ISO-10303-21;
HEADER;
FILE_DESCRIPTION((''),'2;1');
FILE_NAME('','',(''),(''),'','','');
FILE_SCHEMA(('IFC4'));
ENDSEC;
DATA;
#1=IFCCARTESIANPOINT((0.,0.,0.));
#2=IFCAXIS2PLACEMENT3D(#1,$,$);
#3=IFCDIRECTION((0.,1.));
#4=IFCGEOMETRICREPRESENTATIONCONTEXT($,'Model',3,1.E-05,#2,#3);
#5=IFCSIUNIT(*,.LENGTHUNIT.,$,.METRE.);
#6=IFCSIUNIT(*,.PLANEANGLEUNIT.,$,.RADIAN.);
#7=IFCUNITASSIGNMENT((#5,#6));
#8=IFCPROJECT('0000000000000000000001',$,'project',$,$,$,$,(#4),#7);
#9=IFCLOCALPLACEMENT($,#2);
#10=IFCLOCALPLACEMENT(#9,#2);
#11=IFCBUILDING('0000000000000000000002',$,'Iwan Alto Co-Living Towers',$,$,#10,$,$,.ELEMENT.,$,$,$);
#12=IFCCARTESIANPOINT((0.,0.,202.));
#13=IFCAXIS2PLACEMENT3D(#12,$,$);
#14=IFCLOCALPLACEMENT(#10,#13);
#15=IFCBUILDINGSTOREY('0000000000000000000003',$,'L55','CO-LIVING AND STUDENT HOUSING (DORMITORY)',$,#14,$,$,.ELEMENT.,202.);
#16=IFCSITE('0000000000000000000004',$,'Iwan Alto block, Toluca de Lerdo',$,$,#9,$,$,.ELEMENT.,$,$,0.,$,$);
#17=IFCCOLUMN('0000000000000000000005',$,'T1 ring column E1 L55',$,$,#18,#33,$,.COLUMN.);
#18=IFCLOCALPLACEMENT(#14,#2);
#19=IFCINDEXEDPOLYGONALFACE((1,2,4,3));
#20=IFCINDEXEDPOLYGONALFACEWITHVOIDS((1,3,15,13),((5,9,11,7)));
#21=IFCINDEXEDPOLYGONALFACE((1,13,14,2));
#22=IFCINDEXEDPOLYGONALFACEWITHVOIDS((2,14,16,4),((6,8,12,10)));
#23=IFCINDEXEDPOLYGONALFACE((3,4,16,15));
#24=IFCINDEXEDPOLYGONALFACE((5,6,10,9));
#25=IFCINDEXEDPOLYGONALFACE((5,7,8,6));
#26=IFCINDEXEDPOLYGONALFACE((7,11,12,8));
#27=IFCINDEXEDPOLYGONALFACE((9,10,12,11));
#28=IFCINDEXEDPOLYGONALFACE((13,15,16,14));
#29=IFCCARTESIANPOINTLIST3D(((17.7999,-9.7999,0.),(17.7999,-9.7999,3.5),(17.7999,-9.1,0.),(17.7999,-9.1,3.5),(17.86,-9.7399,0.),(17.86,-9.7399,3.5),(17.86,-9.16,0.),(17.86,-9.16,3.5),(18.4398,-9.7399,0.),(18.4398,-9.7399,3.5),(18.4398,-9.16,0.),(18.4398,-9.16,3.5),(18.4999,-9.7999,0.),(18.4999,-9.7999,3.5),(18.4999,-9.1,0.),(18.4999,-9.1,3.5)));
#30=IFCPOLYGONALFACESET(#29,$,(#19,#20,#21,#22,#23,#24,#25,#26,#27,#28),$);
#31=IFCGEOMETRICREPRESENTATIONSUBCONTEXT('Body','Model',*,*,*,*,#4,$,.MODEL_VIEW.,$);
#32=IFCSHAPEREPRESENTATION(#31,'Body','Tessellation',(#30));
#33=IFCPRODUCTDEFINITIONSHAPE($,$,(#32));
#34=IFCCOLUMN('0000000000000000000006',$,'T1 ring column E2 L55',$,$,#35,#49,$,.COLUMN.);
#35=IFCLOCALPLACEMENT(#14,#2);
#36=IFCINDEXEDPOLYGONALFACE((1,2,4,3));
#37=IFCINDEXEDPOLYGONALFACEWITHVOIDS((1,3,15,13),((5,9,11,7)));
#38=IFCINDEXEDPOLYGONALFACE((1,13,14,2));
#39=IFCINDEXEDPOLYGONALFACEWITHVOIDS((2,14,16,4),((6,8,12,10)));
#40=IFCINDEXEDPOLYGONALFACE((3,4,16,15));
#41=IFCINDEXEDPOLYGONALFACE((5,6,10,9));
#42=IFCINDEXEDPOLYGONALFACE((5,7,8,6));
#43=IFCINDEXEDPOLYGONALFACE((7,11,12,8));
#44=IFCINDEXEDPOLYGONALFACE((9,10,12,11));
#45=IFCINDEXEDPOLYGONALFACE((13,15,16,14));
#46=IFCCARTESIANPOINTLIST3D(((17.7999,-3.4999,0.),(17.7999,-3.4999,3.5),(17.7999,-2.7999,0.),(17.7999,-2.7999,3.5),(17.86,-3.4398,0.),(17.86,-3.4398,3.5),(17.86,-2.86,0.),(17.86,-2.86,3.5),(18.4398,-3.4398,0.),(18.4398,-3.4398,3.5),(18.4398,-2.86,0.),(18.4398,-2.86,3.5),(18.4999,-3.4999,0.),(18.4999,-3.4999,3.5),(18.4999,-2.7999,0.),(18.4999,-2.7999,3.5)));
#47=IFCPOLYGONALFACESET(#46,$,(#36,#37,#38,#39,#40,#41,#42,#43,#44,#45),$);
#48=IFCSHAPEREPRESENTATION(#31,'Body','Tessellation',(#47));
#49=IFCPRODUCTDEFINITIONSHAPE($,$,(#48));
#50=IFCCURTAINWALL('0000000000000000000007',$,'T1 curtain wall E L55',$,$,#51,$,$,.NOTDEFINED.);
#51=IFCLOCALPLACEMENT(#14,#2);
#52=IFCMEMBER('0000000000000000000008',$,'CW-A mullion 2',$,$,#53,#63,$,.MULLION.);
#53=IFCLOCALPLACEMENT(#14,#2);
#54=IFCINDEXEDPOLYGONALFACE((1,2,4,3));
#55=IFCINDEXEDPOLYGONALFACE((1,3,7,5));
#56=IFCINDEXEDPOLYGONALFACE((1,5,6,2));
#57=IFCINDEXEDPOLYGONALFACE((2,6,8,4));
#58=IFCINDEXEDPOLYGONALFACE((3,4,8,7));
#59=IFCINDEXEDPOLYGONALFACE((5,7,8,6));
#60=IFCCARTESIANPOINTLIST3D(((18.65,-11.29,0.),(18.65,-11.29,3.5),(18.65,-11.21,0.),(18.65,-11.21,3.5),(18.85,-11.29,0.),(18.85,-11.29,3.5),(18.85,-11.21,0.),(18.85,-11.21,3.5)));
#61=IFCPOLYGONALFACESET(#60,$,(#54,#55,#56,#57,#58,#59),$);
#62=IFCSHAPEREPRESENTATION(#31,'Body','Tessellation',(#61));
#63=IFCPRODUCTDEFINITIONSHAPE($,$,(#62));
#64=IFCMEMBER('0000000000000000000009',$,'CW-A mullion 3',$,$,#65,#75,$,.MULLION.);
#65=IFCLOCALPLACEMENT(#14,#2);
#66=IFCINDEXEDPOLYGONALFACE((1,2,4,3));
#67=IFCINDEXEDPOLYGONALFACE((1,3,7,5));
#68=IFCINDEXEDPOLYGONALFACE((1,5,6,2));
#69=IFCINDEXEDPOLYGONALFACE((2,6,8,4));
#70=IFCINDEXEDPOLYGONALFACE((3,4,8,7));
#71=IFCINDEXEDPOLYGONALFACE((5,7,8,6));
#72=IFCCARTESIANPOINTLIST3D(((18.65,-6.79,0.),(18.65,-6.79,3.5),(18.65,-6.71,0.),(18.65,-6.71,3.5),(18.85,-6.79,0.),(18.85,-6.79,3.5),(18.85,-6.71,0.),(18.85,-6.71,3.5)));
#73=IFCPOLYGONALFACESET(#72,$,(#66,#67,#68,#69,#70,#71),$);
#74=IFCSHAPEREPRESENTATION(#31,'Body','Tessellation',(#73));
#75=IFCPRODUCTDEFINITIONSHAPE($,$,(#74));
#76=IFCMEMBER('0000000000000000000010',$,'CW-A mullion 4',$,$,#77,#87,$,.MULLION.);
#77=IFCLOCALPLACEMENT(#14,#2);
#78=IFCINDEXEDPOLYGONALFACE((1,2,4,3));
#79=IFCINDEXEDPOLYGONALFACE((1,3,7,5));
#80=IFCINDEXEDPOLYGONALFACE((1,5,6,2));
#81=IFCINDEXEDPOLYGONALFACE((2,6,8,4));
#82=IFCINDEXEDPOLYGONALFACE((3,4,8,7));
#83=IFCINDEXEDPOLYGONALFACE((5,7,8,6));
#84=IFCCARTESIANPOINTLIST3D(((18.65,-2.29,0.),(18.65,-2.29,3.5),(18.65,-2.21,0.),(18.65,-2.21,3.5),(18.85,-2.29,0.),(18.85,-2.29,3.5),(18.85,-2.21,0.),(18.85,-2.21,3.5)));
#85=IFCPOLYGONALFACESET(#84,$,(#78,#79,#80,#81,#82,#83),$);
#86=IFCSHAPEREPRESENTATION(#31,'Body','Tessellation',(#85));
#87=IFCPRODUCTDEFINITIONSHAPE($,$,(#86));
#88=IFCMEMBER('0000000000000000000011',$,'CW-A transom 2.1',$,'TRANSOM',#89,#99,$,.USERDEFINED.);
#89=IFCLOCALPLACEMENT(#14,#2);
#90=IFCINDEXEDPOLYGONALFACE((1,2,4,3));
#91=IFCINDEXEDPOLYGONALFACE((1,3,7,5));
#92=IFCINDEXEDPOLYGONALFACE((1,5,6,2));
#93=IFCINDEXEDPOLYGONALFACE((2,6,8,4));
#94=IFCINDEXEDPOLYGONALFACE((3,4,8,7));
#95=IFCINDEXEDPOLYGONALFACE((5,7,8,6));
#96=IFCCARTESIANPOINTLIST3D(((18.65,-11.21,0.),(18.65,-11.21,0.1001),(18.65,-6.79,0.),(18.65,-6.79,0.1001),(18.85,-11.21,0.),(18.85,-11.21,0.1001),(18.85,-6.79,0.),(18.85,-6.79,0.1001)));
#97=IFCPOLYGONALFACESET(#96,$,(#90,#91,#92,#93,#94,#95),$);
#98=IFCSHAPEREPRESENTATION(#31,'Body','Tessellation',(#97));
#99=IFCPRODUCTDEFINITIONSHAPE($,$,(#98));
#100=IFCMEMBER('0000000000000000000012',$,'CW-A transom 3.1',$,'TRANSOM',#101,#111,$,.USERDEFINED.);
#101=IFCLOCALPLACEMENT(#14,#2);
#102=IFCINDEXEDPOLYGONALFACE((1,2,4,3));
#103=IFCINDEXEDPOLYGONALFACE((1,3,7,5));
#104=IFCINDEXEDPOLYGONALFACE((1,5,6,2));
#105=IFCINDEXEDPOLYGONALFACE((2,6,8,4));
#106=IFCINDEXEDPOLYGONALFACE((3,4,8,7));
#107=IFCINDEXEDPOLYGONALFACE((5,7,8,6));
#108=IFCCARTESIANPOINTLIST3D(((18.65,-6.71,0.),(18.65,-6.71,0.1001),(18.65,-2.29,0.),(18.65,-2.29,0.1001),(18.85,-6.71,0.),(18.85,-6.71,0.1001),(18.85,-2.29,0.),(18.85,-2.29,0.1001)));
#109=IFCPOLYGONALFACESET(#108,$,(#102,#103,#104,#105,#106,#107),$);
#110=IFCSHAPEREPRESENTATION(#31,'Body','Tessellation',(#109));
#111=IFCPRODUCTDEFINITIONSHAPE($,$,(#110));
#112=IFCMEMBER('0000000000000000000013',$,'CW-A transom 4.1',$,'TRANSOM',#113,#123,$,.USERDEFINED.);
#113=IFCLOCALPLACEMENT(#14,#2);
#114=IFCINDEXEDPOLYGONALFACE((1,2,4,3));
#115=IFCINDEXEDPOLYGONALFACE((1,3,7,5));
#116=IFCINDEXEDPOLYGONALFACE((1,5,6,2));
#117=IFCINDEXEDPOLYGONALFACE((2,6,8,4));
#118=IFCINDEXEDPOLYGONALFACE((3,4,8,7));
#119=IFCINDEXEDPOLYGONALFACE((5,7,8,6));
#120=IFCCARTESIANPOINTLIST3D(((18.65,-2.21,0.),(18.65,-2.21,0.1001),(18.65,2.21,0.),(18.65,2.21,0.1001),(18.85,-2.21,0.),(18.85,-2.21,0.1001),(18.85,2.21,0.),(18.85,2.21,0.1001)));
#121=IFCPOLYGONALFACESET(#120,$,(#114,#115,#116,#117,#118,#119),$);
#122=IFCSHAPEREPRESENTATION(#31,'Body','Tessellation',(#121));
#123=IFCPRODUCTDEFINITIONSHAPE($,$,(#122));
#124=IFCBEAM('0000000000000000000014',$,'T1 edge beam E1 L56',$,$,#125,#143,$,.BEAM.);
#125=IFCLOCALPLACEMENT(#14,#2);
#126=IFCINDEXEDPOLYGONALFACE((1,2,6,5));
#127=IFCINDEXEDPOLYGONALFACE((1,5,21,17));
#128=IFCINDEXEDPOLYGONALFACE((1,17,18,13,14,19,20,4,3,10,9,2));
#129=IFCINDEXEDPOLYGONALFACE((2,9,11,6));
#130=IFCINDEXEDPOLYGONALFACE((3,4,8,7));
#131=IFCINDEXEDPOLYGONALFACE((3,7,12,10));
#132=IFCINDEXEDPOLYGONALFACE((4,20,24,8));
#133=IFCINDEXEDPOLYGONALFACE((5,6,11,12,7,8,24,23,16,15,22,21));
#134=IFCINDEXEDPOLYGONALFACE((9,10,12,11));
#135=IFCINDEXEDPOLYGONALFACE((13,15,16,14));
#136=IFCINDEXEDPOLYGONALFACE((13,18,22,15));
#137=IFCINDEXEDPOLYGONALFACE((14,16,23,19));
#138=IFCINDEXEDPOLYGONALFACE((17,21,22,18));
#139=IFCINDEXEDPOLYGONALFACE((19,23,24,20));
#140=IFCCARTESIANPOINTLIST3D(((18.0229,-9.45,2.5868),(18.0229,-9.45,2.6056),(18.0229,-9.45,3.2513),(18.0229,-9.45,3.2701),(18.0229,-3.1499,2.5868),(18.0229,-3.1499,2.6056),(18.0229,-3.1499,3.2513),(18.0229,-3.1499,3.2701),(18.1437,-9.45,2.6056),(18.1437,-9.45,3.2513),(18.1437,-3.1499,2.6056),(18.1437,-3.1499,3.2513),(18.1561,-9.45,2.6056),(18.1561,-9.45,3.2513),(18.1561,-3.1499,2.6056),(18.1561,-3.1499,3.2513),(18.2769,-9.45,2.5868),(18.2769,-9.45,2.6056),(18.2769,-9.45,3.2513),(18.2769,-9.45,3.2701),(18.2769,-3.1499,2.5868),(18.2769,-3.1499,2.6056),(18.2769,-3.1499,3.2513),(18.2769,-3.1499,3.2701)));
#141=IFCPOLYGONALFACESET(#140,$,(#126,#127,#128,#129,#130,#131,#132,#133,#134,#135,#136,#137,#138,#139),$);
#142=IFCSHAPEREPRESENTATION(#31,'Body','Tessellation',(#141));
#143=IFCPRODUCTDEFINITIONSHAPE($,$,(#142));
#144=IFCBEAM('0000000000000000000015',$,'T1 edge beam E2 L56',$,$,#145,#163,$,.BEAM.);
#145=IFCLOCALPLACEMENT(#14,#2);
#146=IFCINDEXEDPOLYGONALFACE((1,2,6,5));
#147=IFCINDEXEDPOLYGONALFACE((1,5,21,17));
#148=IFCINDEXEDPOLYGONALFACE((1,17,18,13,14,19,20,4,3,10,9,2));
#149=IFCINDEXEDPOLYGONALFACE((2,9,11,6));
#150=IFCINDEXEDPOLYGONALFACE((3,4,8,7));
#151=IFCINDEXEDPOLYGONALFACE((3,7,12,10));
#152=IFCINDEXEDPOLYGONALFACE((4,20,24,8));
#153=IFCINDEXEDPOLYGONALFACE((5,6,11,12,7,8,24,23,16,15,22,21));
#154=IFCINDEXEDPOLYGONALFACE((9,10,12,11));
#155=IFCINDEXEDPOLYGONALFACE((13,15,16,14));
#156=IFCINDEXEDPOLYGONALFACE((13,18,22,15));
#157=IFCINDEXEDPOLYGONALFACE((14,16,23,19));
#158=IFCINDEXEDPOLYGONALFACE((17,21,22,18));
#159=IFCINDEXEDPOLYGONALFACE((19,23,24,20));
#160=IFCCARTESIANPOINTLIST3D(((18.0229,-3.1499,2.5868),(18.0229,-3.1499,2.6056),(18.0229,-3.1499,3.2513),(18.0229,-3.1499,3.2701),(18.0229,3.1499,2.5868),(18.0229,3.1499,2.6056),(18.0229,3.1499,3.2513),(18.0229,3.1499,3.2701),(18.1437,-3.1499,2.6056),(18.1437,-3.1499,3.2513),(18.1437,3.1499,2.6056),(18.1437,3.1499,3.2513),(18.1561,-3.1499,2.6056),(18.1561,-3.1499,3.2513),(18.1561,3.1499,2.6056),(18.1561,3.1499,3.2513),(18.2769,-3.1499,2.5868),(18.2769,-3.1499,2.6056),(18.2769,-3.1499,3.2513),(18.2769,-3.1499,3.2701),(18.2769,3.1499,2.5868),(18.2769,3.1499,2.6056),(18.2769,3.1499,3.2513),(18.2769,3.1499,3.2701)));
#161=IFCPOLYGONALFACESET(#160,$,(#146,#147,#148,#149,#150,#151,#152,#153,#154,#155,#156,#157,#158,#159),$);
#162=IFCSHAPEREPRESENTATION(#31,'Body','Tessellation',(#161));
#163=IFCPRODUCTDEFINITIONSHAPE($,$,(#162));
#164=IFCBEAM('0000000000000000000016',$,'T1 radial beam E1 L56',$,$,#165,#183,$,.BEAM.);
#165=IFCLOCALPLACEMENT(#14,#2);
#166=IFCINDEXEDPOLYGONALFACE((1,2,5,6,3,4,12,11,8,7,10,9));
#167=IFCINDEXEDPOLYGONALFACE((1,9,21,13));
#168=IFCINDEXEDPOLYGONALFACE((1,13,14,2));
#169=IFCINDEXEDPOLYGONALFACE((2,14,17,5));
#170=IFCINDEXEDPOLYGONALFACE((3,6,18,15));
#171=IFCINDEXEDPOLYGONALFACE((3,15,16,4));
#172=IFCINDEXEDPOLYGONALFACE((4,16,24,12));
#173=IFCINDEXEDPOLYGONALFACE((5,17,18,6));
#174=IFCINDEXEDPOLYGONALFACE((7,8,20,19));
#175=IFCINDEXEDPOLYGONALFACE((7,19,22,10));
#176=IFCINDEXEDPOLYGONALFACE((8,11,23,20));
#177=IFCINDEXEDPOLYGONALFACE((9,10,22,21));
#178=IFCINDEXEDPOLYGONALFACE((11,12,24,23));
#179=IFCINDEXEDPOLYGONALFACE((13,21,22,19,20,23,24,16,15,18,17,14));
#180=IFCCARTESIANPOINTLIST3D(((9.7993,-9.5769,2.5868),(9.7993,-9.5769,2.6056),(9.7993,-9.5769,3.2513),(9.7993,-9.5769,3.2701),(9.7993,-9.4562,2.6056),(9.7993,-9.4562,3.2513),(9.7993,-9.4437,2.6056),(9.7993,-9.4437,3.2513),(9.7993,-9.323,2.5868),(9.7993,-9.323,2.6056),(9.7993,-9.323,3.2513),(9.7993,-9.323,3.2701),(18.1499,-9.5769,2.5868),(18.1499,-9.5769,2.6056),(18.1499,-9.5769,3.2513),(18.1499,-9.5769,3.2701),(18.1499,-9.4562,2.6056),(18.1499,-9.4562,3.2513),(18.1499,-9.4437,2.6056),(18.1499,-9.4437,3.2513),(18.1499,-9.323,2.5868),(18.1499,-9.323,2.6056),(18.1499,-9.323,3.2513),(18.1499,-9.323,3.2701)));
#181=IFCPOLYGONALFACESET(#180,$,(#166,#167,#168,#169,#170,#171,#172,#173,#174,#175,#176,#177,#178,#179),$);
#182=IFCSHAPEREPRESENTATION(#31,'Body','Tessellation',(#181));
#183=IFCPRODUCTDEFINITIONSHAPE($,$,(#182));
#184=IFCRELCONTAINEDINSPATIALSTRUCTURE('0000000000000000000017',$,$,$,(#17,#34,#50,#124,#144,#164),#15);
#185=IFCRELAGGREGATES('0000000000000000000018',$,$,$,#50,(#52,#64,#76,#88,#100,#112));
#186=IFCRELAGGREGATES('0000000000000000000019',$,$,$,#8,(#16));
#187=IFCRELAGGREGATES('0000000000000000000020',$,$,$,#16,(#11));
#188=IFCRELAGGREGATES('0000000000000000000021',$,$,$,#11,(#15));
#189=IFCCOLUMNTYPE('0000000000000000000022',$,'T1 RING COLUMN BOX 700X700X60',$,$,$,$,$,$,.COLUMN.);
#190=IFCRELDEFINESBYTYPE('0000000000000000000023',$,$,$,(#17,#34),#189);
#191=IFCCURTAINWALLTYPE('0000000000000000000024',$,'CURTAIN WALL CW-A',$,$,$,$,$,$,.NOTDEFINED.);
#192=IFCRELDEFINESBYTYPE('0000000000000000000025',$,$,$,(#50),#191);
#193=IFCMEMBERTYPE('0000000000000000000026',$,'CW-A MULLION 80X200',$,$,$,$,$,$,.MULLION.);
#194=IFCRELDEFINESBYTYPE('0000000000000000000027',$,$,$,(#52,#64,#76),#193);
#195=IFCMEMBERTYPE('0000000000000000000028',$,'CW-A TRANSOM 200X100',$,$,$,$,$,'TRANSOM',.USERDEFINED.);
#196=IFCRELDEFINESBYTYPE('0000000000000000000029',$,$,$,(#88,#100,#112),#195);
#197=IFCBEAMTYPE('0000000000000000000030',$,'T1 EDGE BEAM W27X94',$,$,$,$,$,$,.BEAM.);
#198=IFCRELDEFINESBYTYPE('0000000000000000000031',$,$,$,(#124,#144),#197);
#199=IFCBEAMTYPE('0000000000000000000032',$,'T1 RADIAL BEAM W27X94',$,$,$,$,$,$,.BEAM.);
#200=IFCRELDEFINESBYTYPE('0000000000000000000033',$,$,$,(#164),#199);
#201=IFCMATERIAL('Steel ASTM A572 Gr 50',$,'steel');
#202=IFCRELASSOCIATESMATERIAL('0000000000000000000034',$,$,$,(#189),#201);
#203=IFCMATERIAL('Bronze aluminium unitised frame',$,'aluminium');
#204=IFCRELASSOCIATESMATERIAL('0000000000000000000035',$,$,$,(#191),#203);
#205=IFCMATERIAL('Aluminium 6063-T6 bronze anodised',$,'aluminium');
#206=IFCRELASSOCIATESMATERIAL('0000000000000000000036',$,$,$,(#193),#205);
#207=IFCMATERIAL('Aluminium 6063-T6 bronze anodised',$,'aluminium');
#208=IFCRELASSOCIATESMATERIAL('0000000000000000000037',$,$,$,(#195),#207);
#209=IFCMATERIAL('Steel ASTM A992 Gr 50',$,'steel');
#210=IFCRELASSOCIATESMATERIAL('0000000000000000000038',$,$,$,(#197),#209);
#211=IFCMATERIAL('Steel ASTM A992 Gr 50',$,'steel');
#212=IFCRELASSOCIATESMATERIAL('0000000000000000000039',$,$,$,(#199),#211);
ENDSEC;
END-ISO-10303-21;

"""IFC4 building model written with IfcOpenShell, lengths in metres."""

from ifc_helpers import new_model, si_unit, direction, frame, origin, origin_2d, place, context, subcontext, project, spatial, rectangle, hollow_rectangle, i_section, extrude, material, material_profile, profile_set, type_object, element, aggregate, save


model = new_model("IFC4")

# Units and contexts
model_context = context("Model", 3, precision=1e-05, world=origin(), true_north=direction((0.0, 1.0)))
body_context = subcontext(model_context, "Body", "Model", "MODEL_VIEW")
ifc_project = project(units=[si_unit("LENGTHUNIT", "METRE"), si_unit("PLANEANGLEUNIT", "RADIAN")], contexts=[model_context])

# Site, building, storey
site_placement = place(None, origin())
site = spatial("IfcSite", under=ifc_project, at=site_placement, Name="Iwan Alto block, Toluca de Lerdo", CompositionType="ELEMENT", RefElevation=0.0)
building_placement = place(site_placement, origin())
building = spatial("IfcBuilding", under=site, at=building_placement, Name="Iwan Alto Co-Living Towers", CompositionType="ELEMENT")
storey_placement = place(building_placement, frame((0.0, 0.0, 202.0)))
storey = spatial("IfcBuildingStorey", under=building, at=storey_placement, Name="L55", Description="CO-LIVING AND STUDENT HOUSING (DORMITORY)", CompositionType="ELEMENT", Elevation=202.0)

# Columns
ifc_material_1 = material(Name="Steel ASTM A572 Gr 50", Category="steel")
ifc_material_profile_1 = material_profile(ifc_material_1, hollow_rectangle(XDim=0.7, YDim=0.7, WallThickness=0.0601, at=origin_2d()), Name="BOX 700X700X60")
ifc_profile_set_1 = profile_set([ifc_material_profile_1], Name="Steel ASTM A572 Gr 50")
column_type = type_object("IfcColumnType", Name="T1 RING COLUMN BOX 700X700X60", PredefinedType="COLUMN", material=ifc_profile_set_1)
for number, where, z_axis, x_axis, name in (
    (1, (18.1499, -9.45, 0.0), (0.0, 0.0, 1.0), (1.0, 0.0, 0.0), "T1 ring column E1 L55"),
    (2, (18.1499, -3.1499, 0.0), (0.0, 0.0, 1.0), (1.0, 0.0, 0.0), "T1 ring column E2 L55"),
):
    element("IfcColumn", number, at=place(storey_placement, frame(where, z_axis=z_axis, x_axis=x_axis)), inside=storey, type_object=column_type, Name=name, PredefinedType="COLUMN", context=body_context, shape_type="SweptSolid", body=[
        extrude(hollow_rectangle(XDim=0.7, YDim=0.7, WallThickness=0.0601, at=origin_2d()), origin(), (0.0, 0.0, 1.0), 3.5),
    ])

# Curtain wall, members
ifc_material_2 = material(Name="Bronze aluminium unitised frame", Category="aluminium")
curtain_wall_type = type_object("IfcCurtainWallType", Name="CURTAIN WALL CW-A", PredefinedType="NOTDEFINED", material=ifc_material_2)
curtain_wall_placement = place(storey_placement, origin())
curtain_wall = element("IfcCurtainWall", 3, at=curtain_wall_placement, inside=storey, type_object=curtain_wall_type, Name="T1 curtain wall E L55", PredefinedType="NOTDEFINED")
ifc_material_3 = material(Name="Aluminium 6063-T6 bronze anodised", Category="aluminium")
ifc_material_profile_2 = material_profile(ifc_material_3, rectangle(XDim=0.2, YDim=0.0801, at=origin_2d()), Name="AL 80X200")
ifc_profile_set_2 = profile_set([ifc_material_profile_2], Name="Aluminium 6063-T6 bronze anodised")
member_type_1 = type_object("IfcMemberType", Name="CW-A MULLION 80X200", PredefinedType="MULLION", material=ifc_profile_set_2)
member_1_placement = place(storey_placement, frame((18.75, -11.25, 0.0), z_axis=(0.0, 0.0, 1.0), x_axis=(-1.0, 0.0, 0.0)))
member_1 = element("IfcMember", 4, at=member_1_placement, type_object=member_type_1, Name="CW-A mullion 2", PredefinedType="MULLION", context=body_context, shape_type="SweptSolid", body=[
    extrude(rectangle(XDim=0.2, YDim=0.0801, at=origin_2d()), origin(), (0.0, 0.0, 1.0), 3.5),
])
member_2_placement = place(storey_placement, frame((18.75, -6.75, 0.0), z_axis=(0.0, 0.0, 1.0), x_axis=(-1.0, 0.0, 0.0)))
member_2 = element("IfcMember", 5, at=member_2_placement, type_object=member_type_1, Name="CW-A mullion 3", PredefinedType="MULLION", context=body_context, shape_type="SweptSolid", body=[
    extrude(rectangle(XDim=0.2, YDim=0.0801, at=origin_2d()), origin(), (0.0, 0.0, 1.0), 3.5),
])
member_3_placement = place(storey_placement, frame((18.75, -2.25, 0.0), z_axis=(0.0, 0.0, 1.0), x_axis=(-1.0, 0.0, 0.0)))
member_3 = element("IfcMember", 6, at=member_3_placement, type_object=member_type_1, Name="CW-A mullion 4", PredefinedType="MULLION", context=body_context, shape_type="SweptSolid", body=[
    extrude(rectangle(XDim=0.2, YDim=0.0801, at=origin_2d()), origin(), (0.0, 0.0, 1.0), 3.5),
])
ifc_material_4 = material(Name="Aluminium 6063-T6 bronze anodised", Category="aluminium")
ifc_material_profile_3 = material_profile(ifc_material_4, rectangle(XDim=0.2, YDim=0.1001, at=origin_2d()), Name="AL 200X100")
ifc_profile_set_3 = profile_set([ifc_material_profile_3], Name="Aluminium 6063-T6 bronze anodised")
member_type_2 = type_object("IfcMemberType", Name="CW-A TRANSOM 200X100", ElementType="TRANSOM", PredefinedType="USERDEFINED", material=ifc_profile_set_3)
member_4_placement = place(storey_placement, frame((18.75, -11.21, 0.05), z_axis=(0.0, 1.0, 0.0), x_axis=(-1.0, 0.0, 0.0)))
member_4 = element("IfcMember", 7, at=member_4_placement, type_object=member_type_2, Name="CW-A transom 2.1", ObjectType="TRANSOM", PredefinedType="USERDEFINED", context=body_context, shape_type="SweptSolid", body=[
    extrude(rectangle(XDim=0.2, YDim=0.1001, at=origin_2d()), origin(), (0.0, 0.0, 1.0), 4.4199),
])
member_5_placement = place(storey_placement, frame((18.75, -6.71, 0.05), z_axis=(0.0, 1.0, 0.0), x_axis=(-1.0, 0.0, 0.0)))
member_5 = element("IfcMember", 8, at=member_5_placement, type_object=member_type_2, Name="CW-A transom 3.1", ObjectType="TRANSOM", PredefinedType="USERDEFINED", context=body_context, shape_type="SweptSolid", body=[
    extrude(rectangle(XDim=0.2, YDim=0.1001, at=origin_2d()), origin(), (0.0, 0.0, 1.0), 4.4199),
])
member_6_placement = place(storey_placement, frame((18.75, -2.21, 0.05), z_axis=(0.0, 1.0, 0.0), x_axis=(-1.0, 0.0, 0.0)))
member_6 = element("IfcMember", 9, at=member_6_placement, type_object=member_type_2, Name="CW-A transom 4.1", ObjectType="TRANSOM", PredefinedType="USERDEFINED", context=body_context, shape_type="SweptSolid", body=[
    extrude(rectangle(XDim=0.2, YDim=0.1001, at=origin_2d()), origin(), (0.0, 0.0, 1.0), 4.4199),
])

# Beams
ifc_material_5 = material(Name="Steel ASTM A992 Gr 50", Category="steel")
ifc_material_profile_4 = material_profile(ifc_material_5, i_section(OverallWidth=0.2539, OverallDepth=0.6833, WebThickness=0.0125, FlangeThickness=0.0188, at=origin_2d()), Name="W27X94")
ifc_profile_set_4 = profile_set([ifc_material_profile_4], Name="Steel ASTM A992 Gr 50")
beam_type_1 = type_object("IfcBeamType", Name="T1 EDGE BEAM W27X94", PredefinedType="BEAM", material=ifc_profile_set_4)
beam_1_placement = place(storey_placement, frame((18.1499, -9.45, 2.9285), z_axis=(0.0, 1.0, 0.0), x_axis=(-1.0, 0.0, 0.0)))
element("IfcBeam", 10, at=beam_1_placement, inside=storey, type_object=beam_type_1, Name="T1 edge beam E1 L56", PredefinedType="BEAM", context=body_context, shape_type="SweptSolid", body=[
    extrude(i_section(OverallWidth=0.2539, OverallDepth=0.6833, WebThickness=0.0125, FlangeThickness=0.0188, at=origin_2d()), origin(), (0.0, 0.0, 1.0), 6.3),
])
beam_2_placement = place(storey_placement, frame((18.1499, -3.1499, 2.9285), z_axis=(0.0, 1.0, 0.0), x_axis=(-1.0, 0.0, 0.0)))
element("IfcBeam", 11, at=beam_2_placement, inside=storey, type_object=beam_type_1, Name="T1 edge beam E2 L56", PredefinedType="BEAM", context=body_context, shape_type="SweptSolid", body=[
    extrude(i_section(OverallWidth=0.2539, OverallDepth=0.6833, WebThickness=0.0125, FlangeThickness=0.0188, at=origin_2d()), origin(), (0.0, 0.0, 1.0), 6.2998),
])
ifc_material_6 = material(Name="Steel ASTM A992 Gr 50", Category="steel")
ifc_material_profile_5 = material_profile(ifc_material_6, i_section(OverallWidth=0.2539, OverallDepth=0.6833, WebThickness=0.0125, FlangeThickness=0.0188, at=origin_2d()), Name="W27X94")
ifc_profile_set_5 = profile_set([ifc_material_profile_5], Name="Steel ASTM A992 Gr 50")
beam_type_2 = type_object("IfcBeamType", Name="T1 RADIAL BEAM W27X94", PredefinedType="BEAM", material=ifc_profile_set_5)
for number, where, z_axis, x_axis, name in (
    (12, (18.1499, -9.45, 2.9285), (-1.0, 0.0, 0.0), (0.0, -1.0, 0.0), "T1 radial beam E1 L56"),
):
    element("IfcBeam", number, at=place(storey_placement, frame(where, z_axis=z_axis, x_axis=x_axis)), inside=storey, type_object=beam_type_2, Name=name, PredefinedType="BEAM", context=body_context, shape_type="SweptSolid", body=[
        extrude(i_section(OverallWidth=0.2539, OverallDepth=0.6833, WebThickness=0.0125, FlangeThickness=0.0188, at=origin_2d()), origin(), (0.0, 0.0, 1.0), 8.3506),
    ])

aggregate(curtain_wall, [member_1, member_2, member_3, member_4, member_5, member_6])

save(model, "model.ifc")
